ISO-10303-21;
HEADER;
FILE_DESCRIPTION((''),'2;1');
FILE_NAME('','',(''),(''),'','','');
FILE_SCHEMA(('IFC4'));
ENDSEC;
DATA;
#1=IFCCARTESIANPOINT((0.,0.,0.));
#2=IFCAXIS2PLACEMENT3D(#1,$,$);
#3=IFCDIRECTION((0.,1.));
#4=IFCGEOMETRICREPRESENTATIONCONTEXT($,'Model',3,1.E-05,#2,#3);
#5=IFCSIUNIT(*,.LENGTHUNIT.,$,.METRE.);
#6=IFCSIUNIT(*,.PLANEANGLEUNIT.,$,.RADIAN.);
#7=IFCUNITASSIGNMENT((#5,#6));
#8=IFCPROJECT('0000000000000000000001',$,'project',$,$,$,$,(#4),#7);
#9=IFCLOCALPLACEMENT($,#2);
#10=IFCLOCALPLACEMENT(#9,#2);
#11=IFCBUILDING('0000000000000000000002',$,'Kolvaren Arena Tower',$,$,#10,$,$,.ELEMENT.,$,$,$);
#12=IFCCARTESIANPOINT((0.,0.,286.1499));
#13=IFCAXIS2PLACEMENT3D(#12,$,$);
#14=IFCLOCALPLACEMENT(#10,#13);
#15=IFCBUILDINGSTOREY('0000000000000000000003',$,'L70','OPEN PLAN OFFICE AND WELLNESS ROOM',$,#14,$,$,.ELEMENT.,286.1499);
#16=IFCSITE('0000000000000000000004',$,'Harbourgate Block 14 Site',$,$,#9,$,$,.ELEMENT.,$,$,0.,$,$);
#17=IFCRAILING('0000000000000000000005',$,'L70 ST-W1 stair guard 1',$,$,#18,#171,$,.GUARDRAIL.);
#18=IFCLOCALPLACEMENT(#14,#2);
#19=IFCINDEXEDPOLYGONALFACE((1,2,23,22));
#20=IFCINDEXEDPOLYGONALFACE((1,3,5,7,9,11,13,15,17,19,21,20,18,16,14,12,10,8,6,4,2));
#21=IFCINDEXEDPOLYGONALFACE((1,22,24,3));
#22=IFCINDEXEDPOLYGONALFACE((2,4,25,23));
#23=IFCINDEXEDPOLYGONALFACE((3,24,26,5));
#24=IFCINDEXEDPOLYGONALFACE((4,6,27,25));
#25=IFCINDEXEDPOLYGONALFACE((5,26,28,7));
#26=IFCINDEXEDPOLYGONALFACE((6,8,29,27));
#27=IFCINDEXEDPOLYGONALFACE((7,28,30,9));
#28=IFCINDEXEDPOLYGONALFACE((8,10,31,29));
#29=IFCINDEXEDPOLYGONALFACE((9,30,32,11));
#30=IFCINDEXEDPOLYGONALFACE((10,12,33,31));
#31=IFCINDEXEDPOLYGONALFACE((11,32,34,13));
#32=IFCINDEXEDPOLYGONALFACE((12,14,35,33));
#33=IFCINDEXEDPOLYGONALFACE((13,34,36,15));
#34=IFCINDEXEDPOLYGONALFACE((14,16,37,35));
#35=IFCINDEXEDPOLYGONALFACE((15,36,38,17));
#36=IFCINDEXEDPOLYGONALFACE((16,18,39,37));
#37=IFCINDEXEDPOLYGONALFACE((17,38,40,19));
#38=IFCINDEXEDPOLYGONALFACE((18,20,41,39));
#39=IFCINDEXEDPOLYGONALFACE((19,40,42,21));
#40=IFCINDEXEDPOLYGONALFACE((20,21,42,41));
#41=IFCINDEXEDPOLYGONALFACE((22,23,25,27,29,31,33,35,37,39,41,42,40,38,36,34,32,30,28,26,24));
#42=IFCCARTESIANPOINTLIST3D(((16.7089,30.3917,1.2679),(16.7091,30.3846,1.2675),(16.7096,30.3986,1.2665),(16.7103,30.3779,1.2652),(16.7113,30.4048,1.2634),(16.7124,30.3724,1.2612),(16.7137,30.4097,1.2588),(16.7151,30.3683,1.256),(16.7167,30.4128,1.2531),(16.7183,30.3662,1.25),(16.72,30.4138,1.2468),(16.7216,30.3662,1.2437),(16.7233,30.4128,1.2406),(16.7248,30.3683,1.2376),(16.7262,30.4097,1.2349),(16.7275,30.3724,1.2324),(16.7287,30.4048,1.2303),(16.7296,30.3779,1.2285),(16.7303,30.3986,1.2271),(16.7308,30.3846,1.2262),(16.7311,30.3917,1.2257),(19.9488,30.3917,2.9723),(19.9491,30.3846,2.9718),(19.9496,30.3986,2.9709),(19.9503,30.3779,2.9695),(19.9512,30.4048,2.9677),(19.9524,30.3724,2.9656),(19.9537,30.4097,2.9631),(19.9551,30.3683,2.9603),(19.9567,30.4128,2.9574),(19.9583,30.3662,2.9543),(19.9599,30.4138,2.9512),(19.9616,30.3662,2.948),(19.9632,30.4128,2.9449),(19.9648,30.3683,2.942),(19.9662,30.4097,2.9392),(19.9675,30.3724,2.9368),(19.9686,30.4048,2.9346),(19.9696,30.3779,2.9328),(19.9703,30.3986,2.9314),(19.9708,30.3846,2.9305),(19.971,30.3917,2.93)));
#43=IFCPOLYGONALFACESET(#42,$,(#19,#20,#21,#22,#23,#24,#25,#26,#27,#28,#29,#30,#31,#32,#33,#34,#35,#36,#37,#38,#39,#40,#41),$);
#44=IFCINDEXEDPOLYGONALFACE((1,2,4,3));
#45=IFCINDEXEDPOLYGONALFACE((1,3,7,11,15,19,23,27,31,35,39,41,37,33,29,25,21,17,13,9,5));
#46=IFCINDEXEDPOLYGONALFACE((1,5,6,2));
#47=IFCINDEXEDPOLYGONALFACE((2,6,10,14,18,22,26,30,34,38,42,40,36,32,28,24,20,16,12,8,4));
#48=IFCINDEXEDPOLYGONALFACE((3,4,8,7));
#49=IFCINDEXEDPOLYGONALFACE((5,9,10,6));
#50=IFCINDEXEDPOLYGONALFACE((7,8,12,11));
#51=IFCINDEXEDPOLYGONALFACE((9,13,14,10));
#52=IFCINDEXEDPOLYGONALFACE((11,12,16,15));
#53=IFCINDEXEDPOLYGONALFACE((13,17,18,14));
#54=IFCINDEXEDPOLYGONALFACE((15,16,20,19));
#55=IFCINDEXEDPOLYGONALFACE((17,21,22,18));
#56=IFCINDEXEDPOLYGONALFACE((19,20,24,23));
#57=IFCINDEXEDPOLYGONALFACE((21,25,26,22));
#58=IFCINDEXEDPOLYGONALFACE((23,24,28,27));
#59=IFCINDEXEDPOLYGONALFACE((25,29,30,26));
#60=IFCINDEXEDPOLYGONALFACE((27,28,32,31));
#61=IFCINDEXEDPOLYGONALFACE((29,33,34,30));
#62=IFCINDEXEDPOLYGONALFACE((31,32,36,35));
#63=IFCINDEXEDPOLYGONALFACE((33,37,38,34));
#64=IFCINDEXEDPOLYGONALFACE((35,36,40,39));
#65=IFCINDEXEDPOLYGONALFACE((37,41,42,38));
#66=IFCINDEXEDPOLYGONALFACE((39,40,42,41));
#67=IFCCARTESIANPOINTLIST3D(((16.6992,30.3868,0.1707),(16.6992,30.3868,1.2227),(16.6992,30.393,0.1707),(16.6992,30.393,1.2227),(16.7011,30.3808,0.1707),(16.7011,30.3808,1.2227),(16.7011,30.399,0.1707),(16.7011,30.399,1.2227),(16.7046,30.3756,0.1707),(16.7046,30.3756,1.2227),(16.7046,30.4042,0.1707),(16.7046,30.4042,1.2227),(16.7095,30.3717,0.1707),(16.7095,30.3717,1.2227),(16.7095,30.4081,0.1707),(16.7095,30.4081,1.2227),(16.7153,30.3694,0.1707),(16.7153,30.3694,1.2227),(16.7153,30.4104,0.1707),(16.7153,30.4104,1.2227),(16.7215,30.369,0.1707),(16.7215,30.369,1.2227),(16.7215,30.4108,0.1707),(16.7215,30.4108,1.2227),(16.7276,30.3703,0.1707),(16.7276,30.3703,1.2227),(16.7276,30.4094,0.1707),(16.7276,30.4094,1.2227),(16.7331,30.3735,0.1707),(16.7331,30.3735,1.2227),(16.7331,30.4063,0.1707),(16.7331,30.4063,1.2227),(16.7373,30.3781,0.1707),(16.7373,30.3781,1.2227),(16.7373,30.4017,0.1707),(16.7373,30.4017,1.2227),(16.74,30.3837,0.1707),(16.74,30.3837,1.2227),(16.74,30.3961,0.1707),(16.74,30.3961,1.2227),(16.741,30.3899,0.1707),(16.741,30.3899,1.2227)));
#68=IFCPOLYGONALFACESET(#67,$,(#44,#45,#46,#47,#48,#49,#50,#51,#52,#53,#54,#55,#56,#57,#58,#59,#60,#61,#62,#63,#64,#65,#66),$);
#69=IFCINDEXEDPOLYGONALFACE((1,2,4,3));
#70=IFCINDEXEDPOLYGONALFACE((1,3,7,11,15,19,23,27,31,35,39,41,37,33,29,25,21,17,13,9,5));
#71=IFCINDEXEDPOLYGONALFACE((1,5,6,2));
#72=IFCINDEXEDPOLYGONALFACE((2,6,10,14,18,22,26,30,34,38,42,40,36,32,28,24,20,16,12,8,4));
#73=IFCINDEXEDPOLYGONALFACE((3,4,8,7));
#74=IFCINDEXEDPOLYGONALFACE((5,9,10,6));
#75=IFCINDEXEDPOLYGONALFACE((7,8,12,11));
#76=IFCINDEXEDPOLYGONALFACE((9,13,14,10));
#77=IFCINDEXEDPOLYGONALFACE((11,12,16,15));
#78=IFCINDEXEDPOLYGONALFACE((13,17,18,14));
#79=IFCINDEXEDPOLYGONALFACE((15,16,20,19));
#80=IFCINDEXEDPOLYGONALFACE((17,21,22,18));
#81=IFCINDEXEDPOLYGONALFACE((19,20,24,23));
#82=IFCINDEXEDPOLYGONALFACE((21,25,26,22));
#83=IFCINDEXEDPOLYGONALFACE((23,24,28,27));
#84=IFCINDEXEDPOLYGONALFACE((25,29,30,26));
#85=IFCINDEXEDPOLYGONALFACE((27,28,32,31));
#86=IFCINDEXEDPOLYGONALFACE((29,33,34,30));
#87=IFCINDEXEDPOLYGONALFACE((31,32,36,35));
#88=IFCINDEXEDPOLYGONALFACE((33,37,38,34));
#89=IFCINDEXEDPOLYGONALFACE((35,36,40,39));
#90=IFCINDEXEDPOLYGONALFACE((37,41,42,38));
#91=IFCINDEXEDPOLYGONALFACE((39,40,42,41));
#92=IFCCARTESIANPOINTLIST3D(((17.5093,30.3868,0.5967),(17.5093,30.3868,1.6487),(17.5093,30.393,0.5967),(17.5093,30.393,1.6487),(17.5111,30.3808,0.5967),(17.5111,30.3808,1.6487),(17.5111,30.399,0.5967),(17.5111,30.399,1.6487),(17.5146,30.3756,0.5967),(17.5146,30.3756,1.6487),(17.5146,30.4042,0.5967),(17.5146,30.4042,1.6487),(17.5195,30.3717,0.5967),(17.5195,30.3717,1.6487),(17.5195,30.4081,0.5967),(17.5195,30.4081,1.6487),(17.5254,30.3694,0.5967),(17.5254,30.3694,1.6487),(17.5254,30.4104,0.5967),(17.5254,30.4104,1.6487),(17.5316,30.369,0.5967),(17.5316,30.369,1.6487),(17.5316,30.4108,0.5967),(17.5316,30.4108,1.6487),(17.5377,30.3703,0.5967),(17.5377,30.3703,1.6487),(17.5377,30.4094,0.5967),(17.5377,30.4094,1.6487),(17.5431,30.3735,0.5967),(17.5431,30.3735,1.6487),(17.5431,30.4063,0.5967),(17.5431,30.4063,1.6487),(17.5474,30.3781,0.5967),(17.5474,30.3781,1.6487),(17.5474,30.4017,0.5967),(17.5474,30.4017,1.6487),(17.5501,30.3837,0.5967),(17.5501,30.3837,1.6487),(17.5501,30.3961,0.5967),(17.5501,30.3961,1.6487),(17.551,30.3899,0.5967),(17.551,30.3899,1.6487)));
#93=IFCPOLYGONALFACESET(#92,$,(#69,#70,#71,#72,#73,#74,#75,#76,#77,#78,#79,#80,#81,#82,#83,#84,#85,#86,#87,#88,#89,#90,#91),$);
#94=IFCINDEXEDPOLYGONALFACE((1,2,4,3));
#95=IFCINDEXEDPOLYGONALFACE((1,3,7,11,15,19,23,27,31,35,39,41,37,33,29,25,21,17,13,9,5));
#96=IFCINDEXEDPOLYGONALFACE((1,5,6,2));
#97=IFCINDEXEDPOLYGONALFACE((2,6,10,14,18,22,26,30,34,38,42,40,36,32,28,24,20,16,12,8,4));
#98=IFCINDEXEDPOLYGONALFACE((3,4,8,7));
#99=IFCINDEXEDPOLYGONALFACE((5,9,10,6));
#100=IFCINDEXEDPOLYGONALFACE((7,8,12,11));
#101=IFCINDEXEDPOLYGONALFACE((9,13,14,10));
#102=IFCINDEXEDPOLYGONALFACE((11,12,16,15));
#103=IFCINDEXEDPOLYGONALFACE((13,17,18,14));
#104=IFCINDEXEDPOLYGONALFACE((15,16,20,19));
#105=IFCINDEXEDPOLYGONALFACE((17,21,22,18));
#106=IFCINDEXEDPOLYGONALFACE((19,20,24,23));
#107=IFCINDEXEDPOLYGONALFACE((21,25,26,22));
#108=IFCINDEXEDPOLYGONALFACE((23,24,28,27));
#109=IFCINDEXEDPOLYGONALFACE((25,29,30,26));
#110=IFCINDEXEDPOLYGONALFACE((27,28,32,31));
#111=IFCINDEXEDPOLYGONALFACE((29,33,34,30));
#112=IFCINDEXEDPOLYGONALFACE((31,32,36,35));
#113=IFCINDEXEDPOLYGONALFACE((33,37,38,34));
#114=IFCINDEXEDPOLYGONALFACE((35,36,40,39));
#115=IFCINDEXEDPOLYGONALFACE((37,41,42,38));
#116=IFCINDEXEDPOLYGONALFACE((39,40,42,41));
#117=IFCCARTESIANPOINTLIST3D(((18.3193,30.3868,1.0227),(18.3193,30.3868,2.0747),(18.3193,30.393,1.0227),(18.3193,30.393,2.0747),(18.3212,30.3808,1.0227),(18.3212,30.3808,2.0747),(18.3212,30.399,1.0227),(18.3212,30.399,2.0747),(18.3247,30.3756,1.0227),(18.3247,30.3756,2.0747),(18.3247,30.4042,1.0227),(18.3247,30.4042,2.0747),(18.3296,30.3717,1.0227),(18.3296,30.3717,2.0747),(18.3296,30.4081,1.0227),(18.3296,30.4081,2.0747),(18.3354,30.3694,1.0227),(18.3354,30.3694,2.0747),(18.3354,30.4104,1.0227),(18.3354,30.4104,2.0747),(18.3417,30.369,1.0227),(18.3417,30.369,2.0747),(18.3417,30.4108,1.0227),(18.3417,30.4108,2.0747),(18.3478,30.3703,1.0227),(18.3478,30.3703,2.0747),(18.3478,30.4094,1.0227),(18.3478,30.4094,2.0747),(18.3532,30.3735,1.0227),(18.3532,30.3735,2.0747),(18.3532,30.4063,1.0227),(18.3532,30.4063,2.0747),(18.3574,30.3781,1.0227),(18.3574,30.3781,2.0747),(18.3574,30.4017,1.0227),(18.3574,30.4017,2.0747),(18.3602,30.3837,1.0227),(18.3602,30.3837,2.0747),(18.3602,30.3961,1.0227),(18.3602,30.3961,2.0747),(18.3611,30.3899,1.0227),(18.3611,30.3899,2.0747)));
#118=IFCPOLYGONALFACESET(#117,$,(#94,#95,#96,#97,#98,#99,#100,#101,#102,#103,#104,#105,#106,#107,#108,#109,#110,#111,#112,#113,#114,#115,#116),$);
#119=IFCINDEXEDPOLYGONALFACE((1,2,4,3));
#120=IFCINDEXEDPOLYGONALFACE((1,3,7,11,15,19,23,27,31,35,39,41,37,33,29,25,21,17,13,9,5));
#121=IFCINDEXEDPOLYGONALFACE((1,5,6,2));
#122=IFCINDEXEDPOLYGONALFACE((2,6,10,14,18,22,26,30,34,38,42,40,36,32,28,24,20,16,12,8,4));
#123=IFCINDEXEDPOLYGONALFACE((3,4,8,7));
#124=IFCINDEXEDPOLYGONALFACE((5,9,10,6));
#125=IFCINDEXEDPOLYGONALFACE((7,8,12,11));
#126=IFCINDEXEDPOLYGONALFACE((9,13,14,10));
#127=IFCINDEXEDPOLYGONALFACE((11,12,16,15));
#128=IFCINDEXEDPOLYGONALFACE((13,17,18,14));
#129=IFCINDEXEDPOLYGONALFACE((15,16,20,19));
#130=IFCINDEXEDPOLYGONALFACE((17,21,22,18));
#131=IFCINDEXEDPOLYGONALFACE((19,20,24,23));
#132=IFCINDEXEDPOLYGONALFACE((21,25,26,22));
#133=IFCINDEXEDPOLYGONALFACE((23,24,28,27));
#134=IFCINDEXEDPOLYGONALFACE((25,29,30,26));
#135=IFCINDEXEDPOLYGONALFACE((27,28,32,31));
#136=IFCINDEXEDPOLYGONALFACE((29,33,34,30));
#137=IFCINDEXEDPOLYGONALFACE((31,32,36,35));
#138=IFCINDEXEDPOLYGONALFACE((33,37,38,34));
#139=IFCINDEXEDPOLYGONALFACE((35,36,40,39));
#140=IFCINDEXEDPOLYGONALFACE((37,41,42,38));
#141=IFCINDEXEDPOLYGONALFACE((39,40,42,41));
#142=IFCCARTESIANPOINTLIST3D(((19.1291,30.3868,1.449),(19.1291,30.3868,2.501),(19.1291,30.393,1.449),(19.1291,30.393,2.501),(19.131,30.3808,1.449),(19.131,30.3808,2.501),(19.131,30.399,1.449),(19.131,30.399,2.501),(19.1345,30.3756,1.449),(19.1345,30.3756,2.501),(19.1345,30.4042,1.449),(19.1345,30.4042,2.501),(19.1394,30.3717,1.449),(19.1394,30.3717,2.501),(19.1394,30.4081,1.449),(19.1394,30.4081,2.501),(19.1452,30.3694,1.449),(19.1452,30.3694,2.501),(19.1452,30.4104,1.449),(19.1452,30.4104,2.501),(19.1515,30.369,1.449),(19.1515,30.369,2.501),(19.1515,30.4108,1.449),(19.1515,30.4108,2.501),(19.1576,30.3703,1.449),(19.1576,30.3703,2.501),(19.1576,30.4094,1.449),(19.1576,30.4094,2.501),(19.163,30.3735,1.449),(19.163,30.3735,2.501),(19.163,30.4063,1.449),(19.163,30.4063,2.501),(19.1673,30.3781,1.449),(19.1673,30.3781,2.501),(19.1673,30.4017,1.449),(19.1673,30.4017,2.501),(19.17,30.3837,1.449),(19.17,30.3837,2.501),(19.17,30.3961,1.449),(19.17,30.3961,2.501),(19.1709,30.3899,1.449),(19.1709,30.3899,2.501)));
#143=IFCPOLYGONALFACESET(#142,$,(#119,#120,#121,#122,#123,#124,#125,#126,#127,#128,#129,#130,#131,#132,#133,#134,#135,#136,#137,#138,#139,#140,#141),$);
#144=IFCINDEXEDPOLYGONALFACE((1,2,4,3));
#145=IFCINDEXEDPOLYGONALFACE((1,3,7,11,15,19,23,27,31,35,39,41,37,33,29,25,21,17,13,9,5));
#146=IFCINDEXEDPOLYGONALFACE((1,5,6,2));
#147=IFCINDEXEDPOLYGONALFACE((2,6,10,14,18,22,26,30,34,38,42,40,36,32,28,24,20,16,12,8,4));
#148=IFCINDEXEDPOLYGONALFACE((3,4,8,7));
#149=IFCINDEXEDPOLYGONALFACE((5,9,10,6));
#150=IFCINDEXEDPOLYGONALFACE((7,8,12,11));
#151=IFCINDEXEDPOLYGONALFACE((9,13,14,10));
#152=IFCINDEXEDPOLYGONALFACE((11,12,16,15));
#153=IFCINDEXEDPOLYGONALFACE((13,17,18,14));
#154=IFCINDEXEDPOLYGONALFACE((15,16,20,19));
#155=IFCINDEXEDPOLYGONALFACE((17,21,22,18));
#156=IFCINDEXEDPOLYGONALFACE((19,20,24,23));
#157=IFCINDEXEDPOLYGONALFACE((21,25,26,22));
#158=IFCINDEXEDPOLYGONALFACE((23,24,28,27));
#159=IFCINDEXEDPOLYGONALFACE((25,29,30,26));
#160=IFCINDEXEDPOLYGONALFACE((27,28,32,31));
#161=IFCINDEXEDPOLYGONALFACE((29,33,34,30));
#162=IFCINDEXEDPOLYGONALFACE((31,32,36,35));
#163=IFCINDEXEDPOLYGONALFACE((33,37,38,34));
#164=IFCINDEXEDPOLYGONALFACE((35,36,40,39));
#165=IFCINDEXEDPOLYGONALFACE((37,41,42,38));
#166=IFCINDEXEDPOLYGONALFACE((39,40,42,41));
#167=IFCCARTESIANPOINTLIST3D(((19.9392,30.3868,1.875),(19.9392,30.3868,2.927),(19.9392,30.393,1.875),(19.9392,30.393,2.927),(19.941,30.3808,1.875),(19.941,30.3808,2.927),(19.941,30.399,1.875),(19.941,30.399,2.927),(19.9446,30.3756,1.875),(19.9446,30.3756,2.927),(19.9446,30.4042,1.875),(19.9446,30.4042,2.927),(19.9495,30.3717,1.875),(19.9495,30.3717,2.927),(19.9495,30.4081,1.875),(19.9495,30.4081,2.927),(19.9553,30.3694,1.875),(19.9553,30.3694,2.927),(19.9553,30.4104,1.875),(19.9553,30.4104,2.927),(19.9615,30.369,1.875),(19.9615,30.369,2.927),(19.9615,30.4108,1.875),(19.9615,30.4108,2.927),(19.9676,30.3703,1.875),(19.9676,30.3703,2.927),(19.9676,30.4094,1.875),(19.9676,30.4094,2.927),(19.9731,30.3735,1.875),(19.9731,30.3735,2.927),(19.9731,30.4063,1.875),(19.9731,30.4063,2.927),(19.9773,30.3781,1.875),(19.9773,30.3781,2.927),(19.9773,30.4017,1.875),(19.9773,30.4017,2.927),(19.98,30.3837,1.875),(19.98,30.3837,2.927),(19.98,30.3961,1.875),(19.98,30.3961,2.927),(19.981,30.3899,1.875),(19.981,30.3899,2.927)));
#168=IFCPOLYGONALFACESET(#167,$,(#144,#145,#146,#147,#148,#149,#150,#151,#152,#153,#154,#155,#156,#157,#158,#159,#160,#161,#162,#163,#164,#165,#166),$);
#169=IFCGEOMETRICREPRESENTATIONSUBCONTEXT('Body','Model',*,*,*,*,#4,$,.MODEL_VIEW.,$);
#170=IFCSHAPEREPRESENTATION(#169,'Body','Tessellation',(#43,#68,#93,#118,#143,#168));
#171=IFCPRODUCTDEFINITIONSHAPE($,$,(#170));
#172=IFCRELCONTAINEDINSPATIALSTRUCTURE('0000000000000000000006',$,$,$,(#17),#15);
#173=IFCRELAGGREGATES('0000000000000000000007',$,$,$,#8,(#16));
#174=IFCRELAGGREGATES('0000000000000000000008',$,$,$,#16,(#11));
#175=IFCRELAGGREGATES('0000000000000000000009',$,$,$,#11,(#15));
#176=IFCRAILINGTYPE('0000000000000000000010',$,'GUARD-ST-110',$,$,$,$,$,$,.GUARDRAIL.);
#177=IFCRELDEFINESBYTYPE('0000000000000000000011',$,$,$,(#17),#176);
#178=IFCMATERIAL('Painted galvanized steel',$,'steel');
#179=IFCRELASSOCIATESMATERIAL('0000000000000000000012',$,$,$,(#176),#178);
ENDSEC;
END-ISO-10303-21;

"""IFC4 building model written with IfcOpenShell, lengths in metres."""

from ifc_helpers import new_model, si_unit, direction, frame, origin, origin_2d, place, context, subcontext, project, spatial, circle, extrude, material, type_object, element, save


model = new_model("IFC4")

# Units and contexts
model_context = context("Model", 3, precision=1e-05, world=origin(), true_north=direction((0.0, 1.0)))
body_context = subcontext(model_context, "Body", "Model", "MODEL_VIEW")
ifc_project = project(units=[si_unit("LENGTHUNIT", "METRE"), si_unit("PLANEANGLEUNIT", "RADIAN")], contexts=[model_context])

# Site, building, storey
site_placement = place(None, origin())
site = spatial("IfcSite", under=ifc_project, at=site_placement, Name="Harbourgate Block 14 Site", CompositionType="ELEMENT", RefElevation=0.0)
building_placement = place(site_placement, origin())
building = spatial("IfcBuilding", under=site, at=building_placement, Name="Kolvaren Arena Tower", CompositionType="ELEMENT")
storey_placement = place(building_placement, frame((0.0, 0.0, 286.1499)))
storey = spatial("IfcBuildingStorey", under=building, at=storey_placement, Name="L70", Description="OPEN PLAN OFFICE AND WELLNESS ROOM", CompositionType="ELEMENT", Elevation=286.1499)

# Railing
ifc_material_1 = material(Name="Painted galvanized steel", Category="steel")
railing_type_1 = type_object("IfcRailingType", Name="GUARD-ST-110", PredefinedType="GUARDRAIL", material=ifc_material_1)
railing_1_placement = place(storey_placement, frame((16.72, 30.3899, 0.1707)))
element("IfcRailing", 1, at=railing_1_placement, inside=storey, type_object=railing_type_1, Name="L70 ST-W1 stair guard 1", PredefinedType="GUARDRAIL", context=body_context, shape_type="SweptSolid", body=[
    extrude(circle(Radius=0.0239, at=origin_2d()), frame((0.0, 0.0, 1.0762), z_axis=(0.885021, 0.0, 0.465551), x_axis=(0.0, 1.0, 0.0)), (0.0, 0.0, 1.0), 3.6609),
    extrude(circle(Radius=0.021, at=origin_2d()), origin(), (0.0, 0.0, 1.0), 1.052),
    extrude(circle(Radius=0.021, at=origin_2d()), frame((0.8101, 0.0, 0.426)), (0.0, 0.0, 1.0), 1.052),
    extrude(circle(Radius=0.021, at=origin_2d()), frame((1.6201, 0.0, 0.8521)), (0.0, 0.0, 1.0), 1.052),
    extrude(circle(Radius=0.021, at=origin_2d()), frame((2.4299, 0.0, 1.2783)), (0.0, 0.0, 1.0), 1.052),
    extrude(circle(Radius=0.021, at=origin_2d()), frame((3.24, 0.0, 1.7043)), (0.0, 0.0, 1.0), 1.052),
])

save(model, "model.ifc")
